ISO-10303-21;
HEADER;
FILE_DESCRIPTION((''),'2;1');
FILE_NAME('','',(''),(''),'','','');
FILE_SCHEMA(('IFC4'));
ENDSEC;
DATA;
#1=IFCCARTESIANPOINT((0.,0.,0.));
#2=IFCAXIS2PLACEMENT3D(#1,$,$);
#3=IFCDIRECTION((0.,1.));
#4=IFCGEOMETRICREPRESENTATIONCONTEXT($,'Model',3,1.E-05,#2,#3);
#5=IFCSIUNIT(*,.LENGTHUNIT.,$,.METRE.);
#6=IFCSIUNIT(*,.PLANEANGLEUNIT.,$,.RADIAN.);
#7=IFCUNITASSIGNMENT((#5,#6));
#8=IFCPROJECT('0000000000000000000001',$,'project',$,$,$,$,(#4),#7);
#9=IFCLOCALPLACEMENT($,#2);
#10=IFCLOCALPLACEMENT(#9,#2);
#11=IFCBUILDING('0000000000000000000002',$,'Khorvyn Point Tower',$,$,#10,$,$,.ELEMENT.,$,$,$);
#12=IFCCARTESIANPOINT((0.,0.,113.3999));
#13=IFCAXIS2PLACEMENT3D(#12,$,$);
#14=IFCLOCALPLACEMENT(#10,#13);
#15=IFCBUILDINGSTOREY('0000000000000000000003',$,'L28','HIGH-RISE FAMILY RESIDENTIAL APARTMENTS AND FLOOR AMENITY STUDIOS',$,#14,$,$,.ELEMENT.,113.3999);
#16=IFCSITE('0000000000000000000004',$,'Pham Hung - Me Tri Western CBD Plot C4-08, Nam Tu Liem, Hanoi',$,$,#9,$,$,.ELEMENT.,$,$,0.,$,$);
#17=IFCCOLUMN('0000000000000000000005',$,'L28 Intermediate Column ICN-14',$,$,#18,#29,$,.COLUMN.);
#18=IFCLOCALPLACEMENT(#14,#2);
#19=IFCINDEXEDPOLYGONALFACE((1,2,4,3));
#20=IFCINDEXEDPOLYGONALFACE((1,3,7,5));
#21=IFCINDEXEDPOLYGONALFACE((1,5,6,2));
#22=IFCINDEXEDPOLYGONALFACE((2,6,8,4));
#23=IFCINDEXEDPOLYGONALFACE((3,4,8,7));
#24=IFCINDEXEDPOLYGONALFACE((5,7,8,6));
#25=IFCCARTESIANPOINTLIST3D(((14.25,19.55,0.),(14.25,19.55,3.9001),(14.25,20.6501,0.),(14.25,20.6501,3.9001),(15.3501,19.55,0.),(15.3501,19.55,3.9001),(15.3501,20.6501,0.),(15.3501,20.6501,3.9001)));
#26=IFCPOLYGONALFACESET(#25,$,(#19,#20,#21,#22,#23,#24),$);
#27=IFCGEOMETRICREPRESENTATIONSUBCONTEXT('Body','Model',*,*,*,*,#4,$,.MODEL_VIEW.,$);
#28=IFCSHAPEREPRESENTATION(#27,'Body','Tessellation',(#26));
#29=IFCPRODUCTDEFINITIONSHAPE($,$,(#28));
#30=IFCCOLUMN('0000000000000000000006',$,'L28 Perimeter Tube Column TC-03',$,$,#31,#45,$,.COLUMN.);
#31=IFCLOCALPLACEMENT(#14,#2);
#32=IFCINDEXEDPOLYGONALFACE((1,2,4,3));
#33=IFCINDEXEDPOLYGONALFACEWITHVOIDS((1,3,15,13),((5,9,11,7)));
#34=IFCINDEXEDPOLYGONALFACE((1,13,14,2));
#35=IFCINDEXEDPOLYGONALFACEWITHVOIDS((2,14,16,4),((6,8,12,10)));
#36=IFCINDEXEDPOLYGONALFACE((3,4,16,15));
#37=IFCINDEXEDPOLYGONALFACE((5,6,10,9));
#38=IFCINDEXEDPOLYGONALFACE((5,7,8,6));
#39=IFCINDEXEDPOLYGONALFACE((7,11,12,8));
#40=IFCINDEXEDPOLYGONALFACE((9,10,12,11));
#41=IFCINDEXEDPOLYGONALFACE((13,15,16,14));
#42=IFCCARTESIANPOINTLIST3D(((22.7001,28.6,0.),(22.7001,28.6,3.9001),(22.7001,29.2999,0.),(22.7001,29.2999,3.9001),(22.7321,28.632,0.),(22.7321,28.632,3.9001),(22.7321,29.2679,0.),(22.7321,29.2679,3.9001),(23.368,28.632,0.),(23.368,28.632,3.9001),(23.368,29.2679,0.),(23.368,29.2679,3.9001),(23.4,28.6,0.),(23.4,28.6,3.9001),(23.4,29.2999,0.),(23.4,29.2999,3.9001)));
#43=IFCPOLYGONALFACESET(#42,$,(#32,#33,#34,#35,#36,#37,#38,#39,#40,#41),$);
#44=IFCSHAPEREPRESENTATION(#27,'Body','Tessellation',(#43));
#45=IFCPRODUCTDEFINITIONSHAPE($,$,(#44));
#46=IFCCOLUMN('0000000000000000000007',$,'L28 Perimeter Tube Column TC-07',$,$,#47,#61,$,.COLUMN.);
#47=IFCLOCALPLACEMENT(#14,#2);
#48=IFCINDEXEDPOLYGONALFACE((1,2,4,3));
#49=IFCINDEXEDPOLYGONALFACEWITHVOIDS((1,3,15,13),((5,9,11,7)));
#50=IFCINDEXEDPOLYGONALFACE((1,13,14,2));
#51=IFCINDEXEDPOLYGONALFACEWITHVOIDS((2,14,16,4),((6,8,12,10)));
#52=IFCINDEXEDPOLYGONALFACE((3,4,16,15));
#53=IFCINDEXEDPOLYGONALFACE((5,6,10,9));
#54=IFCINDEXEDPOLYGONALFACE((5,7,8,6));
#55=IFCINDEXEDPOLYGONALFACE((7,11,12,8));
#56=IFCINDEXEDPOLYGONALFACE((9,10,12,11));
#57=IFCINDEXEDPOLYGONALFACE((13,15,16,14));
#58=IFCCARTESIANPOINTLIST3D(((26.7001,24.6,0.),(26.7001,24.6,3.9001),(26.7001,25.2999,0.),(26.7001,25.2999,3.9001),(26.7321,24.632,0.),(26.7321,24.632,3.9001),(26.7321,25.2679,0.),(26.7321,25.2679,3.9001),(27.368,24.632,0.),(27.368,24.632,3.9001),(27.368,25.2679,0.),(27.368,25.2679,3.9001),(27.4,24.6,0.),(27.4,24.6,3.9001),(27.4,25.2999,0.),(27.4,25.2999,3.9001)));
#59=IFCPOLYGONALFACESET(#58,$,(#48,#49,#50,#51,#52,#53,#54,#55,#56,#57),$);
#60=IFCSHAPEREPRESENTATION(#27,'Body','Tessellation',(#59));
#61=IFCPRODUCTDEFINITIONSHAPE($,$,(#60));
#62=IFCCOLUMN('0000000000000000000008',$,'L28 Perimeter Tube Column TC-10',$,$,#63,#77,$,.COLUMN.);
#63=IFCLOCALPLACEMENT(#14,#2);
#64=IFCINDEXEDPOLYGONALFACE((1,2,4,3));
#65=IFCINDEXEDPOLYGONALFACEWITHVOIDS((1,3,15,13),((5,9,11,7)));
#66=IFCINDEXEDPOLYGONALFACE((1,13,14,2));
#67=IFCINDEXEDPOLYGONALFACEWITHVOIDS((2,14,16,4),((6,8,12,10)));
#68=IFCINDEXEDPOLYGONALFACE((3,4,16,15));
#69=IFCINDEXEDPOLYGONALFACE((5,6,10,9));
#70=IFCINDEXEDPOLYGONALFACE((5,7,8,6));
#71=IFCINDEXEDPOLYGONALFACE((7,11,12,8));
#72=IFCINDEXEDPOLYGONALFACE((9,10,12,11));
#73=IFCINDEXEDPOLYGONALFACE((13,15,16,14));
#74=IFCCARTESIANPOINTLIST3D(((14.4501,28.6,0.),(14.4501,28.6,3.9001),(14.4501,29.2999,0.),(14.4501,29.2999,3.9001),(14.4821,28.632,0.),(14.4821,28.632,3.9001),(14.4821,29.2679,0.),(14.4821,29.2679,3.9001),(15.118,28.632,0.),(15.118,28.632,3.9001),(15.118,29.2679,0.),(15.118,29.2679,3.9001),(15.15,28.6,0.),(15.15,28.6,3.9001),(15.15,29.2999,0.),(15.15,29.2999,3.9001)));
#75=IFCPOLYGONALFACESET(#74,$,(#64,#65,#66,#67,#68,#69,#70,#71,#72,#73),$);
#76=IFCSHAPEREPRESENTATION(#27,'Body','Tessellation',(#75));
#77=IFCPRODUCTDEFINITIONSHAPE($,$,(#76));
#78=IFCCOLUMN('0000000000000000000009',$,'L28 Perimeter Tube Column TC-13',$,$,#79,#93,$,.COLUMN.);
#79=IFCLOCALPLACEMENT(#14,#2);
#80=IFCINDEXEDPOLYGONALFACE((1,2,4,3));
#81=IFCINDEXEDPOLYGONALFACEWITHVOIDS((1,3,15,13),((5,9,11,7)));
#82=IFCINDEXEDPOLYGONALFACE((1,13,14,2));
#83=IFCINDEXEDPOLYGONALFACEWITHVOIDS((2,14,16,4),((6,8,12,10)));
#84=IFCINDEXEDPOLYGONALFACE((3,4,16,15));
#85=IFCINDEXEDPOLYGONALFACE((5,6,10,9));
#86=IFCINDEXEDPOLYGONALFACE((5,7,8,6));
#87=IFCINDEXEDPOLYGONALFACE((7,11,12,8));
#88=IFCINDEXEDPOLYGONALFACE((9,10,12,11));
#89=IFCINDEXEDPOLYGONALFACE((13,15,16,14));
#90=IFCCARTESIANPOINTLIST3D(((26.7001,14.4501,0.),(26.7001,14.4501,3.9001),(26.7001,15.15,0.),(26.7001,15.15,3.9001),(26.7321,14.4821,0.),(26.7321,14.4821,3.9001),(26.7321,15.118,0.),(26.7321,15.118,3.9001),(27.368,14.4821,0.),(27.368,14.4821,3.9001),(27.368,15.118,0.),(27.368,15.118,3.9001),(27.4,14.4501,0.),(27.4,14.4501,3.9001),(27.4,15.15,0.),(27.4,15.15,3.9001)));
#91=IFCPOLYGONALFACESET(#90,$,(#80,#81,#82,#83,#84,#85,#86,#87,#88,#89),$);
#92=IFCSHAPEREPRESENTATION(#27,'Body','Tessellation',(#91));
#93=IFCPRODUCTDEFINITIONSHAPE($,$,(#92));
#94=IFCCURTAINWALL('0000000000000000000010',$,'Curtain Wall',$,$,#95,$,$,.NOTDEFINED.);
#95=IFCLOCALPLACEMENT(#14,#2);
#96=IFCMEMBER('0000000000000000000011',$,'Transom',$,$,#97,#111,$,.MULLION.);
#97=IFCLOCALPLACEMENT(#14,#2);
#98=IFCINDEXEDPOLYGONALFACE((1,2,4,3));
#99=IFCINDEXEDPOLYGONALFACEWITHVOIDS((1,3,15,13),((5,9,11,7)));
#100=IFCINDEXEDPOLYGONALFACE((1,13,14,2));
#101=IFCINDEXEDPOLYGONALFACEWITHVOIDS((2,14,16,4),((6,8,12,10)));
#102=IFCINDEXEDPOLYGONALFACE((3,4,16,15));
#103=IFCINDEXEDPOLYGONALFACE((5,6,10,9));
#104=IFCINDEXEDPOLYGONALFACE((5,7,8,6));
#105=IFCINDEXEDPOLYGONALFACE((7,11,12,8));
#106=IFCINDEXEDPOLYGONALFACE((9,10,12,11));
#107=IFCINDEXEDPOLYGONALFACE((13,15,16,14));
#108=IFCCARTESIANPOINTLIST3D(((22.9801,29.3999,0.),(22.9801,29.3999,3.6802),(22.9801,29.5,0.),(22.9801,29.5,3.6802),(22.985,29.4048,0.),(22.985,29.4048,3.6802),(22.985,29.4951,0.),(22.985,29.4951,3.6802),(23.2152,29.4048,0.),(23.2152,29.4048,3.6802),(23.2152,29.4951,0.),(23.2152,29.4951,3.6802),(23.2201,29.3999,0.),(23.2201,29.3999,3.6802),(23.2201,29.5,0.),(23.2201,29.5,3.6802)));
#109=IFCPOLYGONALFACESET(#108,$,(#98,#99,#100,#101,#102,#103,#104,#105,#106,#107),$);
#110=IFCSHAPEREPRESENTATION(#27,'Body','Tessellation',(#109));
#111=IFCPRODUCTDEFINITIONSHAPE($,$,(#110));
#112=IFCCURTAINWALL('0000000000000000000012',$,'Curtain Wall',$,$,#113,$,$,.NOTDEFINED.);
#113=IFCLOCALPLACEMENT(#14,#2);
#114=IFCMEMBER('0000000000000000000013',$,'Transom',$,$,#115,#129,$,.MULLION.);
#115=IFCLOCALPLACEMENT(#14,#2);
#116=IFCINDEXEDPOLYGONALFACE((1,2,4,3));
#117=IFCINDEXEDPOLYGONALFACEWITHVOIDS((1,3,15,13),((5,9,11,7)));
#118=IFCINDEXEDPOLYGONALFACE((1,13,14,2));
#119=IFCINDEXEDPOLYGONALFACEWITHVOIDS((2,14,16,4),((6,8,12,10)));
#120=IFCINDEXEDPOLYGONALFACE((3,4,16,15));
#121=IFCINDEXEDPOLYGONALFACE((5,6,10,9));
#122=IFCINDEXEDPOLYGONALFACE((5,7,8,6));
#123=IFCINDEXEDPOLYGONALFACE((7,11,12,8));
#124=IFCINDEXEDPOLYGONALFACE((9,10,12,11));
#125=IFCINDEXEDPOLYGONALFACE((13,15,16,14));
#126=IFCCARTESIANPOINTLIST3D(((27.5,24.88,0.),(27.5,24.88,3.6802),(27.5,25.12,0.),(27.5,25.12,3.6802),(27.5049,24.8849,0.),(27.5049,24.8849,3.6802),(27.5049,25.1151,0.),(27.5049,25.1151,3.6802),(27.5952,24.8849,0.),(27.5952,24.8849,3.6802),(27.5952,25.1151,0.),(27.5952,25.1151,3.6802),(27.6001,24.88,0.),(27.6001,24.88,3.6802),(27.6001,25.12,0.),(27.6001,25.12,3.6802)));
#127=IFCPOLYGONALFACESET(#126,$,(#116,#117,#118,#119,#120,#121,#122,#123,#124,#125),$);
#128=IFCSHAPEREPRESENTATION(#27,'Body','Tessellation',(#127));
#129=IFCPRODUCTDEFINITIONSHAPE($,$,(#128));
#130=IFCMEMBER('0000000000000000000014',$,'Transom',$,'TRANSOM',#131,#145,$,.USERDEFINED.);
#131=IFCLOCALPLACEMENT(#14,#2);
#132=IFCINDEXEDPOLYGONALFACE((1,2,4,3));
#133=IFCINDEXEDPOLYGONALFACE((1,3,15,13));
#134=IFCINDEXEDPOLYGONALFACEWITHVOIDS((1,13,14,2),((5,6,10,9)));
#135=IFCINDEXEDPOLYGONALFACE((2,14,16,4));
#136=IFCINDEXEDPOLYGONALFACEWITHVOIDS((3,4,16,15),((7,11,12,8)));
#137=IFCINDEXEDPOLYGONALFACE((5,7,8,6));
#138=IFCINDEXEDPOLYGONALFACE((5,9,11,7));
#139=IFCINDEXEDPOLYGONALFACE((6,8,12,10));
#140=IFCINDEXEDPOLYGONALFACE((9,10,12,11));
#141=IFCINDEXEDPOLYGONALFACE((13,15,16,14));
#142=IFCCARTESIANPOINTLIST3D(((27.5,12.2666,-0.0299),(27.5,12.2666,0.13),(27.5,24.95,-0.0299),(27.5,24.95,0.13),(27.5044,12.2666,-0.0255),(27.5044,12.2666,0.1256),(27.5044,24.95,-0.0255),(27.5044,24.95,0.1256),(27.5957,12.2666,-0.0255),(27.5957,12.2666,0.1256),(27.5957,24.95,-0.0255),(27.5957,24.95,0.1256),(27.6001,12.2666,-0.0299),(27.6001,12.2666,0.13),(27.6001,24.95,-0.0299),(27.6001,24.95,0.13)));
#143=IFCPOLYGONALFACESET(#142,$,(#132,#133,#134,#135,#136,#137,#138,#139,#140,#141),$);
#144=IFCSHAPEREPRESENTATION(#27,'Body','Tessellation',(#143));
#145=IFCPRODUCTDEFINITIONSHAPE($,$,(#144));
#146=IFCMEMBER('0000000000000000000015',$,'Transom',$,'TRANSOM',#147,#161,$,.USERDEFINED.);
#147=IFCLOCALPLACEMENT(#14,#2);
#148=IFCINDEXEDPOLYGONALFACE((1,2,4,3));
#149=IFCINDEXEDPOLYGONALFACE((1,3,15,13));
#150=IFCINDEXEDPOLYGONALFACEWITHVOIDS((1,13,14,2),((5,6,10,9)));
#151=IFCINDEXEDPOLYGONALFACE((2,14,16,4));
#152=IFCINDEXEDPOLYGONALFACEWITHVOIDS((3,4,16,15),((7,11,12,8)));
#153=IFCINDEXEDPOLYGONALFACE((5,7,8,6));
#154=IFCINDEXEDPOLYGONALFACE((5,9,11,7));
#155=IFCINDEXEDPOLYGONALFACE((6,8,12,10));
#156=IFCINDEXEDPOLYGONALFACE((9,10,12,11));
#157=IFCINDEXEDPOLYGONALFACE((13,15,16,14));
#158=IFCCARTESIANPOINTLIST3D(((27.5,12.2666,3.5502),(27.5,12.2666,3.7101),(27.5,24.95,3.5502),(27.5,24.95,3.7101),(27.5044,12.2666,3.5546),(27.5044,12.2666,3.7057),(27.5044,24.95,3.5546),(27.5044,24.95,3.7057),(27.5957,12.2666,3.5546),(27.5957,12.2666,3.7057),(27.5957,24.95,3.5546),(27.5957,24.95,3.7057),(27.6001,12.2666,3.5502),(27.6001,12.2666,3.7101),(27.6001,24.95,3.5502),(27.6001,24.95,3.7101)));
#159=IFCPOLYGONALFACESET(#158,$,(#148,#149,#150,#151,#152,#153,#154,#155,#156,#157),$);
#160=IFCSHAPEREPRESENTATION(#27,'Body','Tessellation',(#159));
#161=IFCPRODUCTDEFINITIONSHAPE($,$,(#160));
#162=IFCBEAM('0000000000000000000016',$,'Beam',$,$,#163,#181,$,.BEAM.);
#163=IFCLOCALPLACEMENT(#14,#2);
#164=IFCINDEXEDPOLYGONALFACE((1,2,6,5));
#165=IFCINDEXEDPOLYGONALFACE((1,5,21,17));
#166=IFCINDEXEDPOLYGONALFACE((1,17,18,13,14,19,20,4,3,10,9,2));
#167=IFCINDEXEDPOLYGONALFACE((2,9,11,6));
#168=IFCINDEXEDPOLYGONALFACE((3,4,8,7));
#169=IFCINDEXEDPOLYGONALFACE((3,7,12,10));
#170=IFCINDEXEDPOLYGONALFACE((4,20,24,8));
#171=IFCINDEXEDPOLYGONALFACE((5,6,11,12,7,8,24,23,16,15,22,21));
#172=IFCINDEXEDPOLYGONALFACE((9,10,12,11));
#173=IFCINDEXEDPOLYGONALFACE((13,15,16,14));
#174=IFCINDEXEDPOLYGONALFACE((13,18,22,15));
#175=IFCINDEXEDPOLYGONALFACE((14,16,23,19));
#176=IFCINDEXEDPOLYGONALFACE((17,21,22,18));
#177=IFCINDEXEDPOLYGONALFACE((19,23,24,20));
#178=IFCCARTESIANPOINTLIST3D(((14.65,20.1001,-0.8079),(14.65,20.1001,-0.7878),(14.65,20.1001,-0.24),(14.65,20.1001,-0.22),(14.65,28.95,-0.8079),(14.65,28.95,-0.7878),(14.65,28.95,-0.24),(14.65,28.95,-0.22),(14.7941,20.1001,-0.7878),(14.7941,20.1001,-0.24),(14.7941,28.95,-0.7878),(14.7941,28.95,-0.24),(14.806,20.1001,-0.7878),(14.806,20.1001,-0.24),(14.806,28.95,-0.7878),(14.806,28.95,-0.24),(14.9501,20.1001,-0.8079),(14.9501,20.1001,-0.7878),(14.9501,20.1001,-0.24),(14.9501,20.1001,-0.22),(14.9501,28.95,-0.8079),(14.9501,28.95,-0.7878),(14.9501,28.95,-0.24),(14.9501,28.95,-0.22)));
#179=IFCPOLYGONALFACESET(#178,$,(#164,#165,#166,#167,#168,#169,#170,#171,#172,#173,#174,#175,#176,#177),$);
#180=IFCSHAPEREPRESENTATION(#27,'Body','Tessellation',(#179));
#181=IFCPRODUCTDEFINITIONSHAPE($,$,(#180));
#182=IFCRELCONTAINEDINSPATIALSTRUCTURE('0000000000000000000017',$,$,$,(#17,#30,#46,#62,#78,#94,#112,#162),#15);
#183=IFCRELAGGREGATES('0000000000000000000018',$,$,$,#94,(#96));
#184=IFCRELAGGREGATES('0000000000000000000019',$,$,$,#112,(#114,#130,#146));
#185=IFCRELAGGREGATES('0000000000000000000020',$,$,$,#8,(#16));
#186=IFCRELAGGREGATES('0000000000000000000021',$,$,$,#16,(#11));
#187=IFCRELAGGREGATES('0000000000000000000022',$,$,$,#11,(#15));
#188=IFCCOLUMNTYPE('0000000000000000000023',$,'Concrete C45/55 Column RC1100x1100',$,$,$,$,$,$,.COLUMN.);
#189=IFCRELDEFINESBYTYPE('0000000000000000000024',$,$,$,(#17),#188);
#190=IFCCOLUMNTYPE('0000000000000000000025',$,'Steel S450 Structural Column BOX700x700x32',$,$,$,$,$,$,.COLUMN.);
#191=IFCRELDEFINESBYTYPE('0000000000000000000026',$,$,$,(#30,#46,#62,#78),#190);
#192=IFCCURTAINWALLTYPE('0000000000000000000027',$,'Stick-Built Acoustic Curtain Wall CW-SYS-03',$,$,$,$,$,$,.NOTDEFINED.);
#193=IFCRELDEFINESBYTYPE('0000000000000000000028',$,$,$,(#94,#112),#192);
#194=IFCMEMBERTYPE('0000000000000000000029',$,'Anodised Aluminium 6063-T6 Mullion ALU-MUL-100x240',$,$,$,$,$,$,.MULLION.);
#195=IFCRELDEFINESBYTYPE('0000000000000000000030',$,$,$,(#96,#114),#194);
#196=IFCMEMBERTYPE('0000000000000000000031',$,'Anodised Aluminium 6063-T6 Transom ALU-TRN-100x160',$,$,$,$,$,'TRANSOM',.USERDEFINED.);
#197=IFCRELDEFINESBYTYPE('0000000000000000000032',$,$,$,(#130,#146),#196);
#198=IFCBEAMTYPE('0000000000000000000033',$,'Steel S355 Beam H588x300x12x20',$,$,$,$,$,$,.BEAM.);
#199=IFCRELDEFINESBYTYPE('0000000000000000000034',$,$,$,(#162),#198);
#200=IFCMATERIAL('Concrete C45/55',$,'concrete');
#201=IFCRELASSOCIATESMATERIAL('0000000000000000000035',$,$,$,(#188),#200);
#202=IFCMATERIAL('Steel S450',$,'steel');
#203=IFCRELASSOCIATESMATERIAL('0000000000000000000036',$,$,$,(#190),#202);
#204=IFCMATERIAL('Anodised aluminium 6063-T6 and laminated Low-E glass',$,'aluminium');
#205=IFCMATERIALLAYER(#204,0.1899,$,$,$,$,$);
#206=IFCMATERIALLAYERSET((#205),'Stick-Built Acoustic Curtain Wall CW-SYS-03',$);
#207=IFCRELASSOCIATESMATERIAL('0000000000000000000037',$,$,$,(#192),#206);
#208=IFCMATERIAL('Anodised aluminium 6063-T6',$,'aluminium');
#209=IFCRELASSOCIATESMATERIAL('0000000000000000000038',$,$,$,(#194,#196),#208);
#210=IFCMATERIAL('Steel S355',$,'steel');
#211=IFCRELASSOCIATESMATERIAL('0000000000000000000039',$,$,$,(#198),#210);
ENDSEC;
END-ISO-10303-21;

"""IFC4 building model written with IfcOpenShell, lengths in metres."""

from ifc_helpers import new_model, si_unit, direction, frame, origin, origin_2d, place, context, subcontext, project, spatial, rectangle, hollow_rectangle, i_section, extrude, material, layer, layer_set, material_profile, profile_set, type_object, element, aggregate, save


model = new_model("IFC4")

# Units and contexts
model_context = context("Model", 3, precision=1e-05, world=origin(), true_north=direction((0.0, 1.0)))
body_context = subcontext(model_context, "Body", "Model", "MODEL_VIEW")
ifc_project = project(units=[si_unit("LENGTHUNIT", "METRE"), si_unit("PLANEANGLEUNIT", "RADIAN")], contexts=[model_context])

# Site, building, storey
site_placement = place(None, origin())
site = spatial("IfcSite", under=ifc_project, at=site_placement, Name="Pham Hung - Me Tri Western CBD Plot C4-08, Nam Tu Liem, Hanoi", CompositionType="ELEMENT", RefElevation=0.0)
building_placement = place(site_placement, origin())
building = spatial("IfcBuilding", under=site, at=building_placement, Name="Khorvyn Point Tower", CompositionType="ELEMENT")
storey_placement = place(building_placement, frame((0.0, 0.0, 113.3999)))
storey = spatial("IfcBuildingStorey", under=building, at=storey_placement, Name="L28", Description="HIGH-RISE FAMILY RESIDENTIAL APARTMENTS AND FLOOR AMENITY STUDIOS", CompositionType="ELEMENT", Elevation=113.3999)

# Columns
ifc_material_1 = material(Name="Concrete C45/55", Category="concrete")
ifc_material_profile_1 = material_profile(ifc_material_1, rectangle(XDim=1.1001, YDim=1.1001, at=origin_2d()))
ifc_profile_set_1 = profile_set([ifc_material_profile_1], Name="Concrete C45/55 RC1100x1100")
column_type_1 = type_object("IfcColumnType", Name="Concrete C45/55 Column RC1100x1100", PredefinedType="COLUMN", material=ifc_profile_set_1)
column_placement = place(storey_placement, frame((14.8, 20.1001, 0.0), z_axis=(0.0, 0.0, 1.0), x_axis=(1.0, 0.0, 0.0)))
element("IfcColumn", 1, at=column_placement, inside=storey, type_object=column_type_1, Name="L28 Intermediate Column ICN-14", PredefinedType="COLUMN", context=body_context, shape_type="SweptSolid", body=[
    extrude(rectangle(XDim=1.1001, YDim=1.1001, at=origin_2d()), origin(), (0.0, 0.0, 1.0), 3.9001),
])
ifc_material_2 = material(Name="Steel S450", Category="steel")
ifc_material_profile_2 = material_profile(ifc_material_2, hollow_rectangle(XDim=0.7, YDim=0.7, WallThickness=0.032, at=origin_2d()))
ifc_profile_set_2 = profile_set([ifc_material_profile_2], Name="Steel S450 BOX700x700x32")
column_type_2 = type_object("IfcColumnType", Name="Steel S450 Structural Column BOX700x700x32", PredefinedType="COLUMN", material=ifc_profile_set_2)
for number, where, z_axis, x_axis, name in (
    (2, (23.05, 28.95, 0.0), (0.0, 0.0, 1.0), (1.0, 0.0, 0.0), "L28 Perimeter Tube Column TC-03"),
    (3, (27.05, 24.95, 0.0), (0.0, 0.0, 1.0), (1.0, 0.0, 0.0), "L28 Perimeter Tube Column TC-07"),
    (4, (14.8, 28.95, 0.0), (0.0, 0.0, 1.0), (1.0, 0.0, 0.0), "L28 Perimeter Tube Column TC-10"),
    (5, (27.05, 14.8, 0.0), (0.0, 0.0, 1.0), (1.0, 0.0, 0.0), "L28 Perimeter Tube Column TC-13"),
):
    element("IfcColumn", number, at=place(storey_placement, frame(where, z_axis=z_axis, x_axis=x_axis)), inside=storey, type_object=column_type_2, Name=name, PredefinedType="COLUMN", context=body_context, shape_type="SweptSolid", body=[
        extrude(hollow_rectangle(XDim=0.7, YDim=0.7, WallThickness=0.032, at=origin_2d()), origin(), (0.0, 0.0, 1.0), 3.9001),
    ])

# Curtain wall, member
ifc_material_3 = material(Name="Anodised aluminium 6063-T6 and laminated Low-E glass", Category="aluminium")
ifc_layer_1 = layer(ifc_material_3, 0.1899)
ifc_layer_set_1 = layer_set([ifc_layer_1], Name="Stick-Built Acoustic Curtain Wall CW-SYS-03")
curtain_wall_type = type_object("IfcCurtainWallType", Name="Stick-Built Acoustic Curtain Wall CW-SYS-03", PredefinedType="NOTDEFINED", material=ifc_layer_set_1)
curtain_wall_1_placement = place(storey_placement, origin())
curtain_wall_1 = element("IfcCurtainWall", 6, at=curtain_wall_1_placement, inside=storey, type_object=curtain_wall_type, Name="Curtain Wall", PredefinedType="NOTDEFINED")
ifc_material_4 = material(Name="Anodised aluminium 6063-T6", Category="aluminium")
ifc_material_profile_3 = material_profile(ifc_material_4, hollow_rectangle(XDim=0.1001, YDim=0.24, WallThickness=0.0049, at=origin_2d()))
ifc_profile_set_3 = profile_set([ifc_material_profile_3], Name="Anodised aluminium 6063-T6 ALU-MUL-100x240")
member_type_1 = type_object("IfcMemberType", Name="Anodised Aluminium 6063-T6 Mullion ALU-MUL-100x240", PredefinedType="MULLION", material=ifc_profile_set_3)
member_1_placement = place(storey_placement, frame((23.1001, 29.45, 0.0), z_axis=(0.0, 0.0, 1.0), x_axis=(0.0, 1.0, 0.0)))
member_1 = element("IfcMember", 7, at=member_1_placement, type_object=member_type_1, Name="Transom", PredefinedType="MULLION", context=body_context, shape_type="SweptSolid", body=[
    extrude(hollow_rectangle(XDim=0.1001, YDim=0.24, WallThickness=0.0049, at=origin_2d()), origin(), (0.0, 0.0, 1.0), 3.6802),
])

# Curtain wall, members
curtain_wall_2_placement = place(storey_placement, origin())
curtain_wall_2 = element("IfcCurtainWall", 8, at=curtain_wall_2_placement, inside=storey, type_object=curtain_wall_type, Name="Curtain Wall", PredefinedType="NOTDEFINED")
member_2_placement = place(storey_placement, frame((27.55, 25.0, 0.0), z_axis=(0.0, 0.0, 1.0), x_axis=(1.0, 0.0, 0.0)))
member_2 = element("IfcMember", 9, at=member_2_placement, type_object=member_type_1, Name="Transom", PredefinedType="MULLION", context=body_context, shape_type="SweptSolid", body=[
    extrude(hollow_rectangle(XDim=0.1001, YDim=0.24, WallThickness=0.0049, at=origin_2d()), origin(), (0.0, 0.0, 1.0), 3.6802),
])
ifc_material_profile_4 = material_profile(ifc_material_4, hollow_rectangle(XDim=0.1001, YDim=0.1599, WallThickness=0.0044, at=origin_2d()))
ifc_profile_set_4 = profile_set([ifc_material_profile_4], Name="Anodised aluminium 6063-T6 ALU-TRN-100x160")
member_type_2 = type_object("IfcMemberType", Name="Anodised Aluminium 6063-T6 Transom ALU-TRN-100x160", ElementType="TRANSOM", PredefinedType="USERDEFINED", material=ifc_profile_set_4)
member_3_placement = place(storey_placement, frame((27.55, 24.95, 0.05), z_axis=(0.0, -1.0, 0.0), x_axis=(1.0, 0.0, 0.0)))
member_3 = element("IfcMember", 10, at=member_3_placement, type_object=member_type_2, Name="Transom", ObjectType="TRANSOM", PredefinedType="USERDEFINED", context=body_context, shape_type="SweptSolid", body=[
    extrude(hollow_rectangle(XDim=0.1001, YDim=0.1599, WallThickness=0.0044, at=origin_2d()), origin(), (0.0, 0.0, 1.0), 12.6833),
])
member_4_placement = place(storey_placement, frame((27.55, 24.95, 3.6301), z_axis=(0.0, -1.0, 0.0), x_axis=(1.0, 0.0, 0.0)))
member_4 = element("IfcMember", 11, at=member_4_placement, type_object=member_type_2, Name="Transom", ObjectType="TRANSOM", PredefinedType="USERDEFINED", context=body_context, shape_type="SweptSolid", body=[
    extrude(hollow_rectangle(XDim=0.1001, YDim=0.1599, WallThickness=0.0044, at=origin_2d()), origin(), (0.0, 0.0, 1.0), 12.6833),
])

# Beam
ifc_material_5 = material(Name="Steel S355", Category="steel")
ifc_material_profile_5 = material_profile(ifc_material_5, i_section(OverallWidth=0.3, OverallDepth=0.5879, WebThickness=0.012, FlangeThickness=0.02, at=origin_2d()))
ifc_profile_set_5 = profile_set([ifc_material_profile_5], Name="Steel S355 H588x300x12x20")
beam_type_1 = type_object("IfcBeamType", Name="Steel S355 Beam H588x300x12x20", PredefinedType="BEAM", material=ifc_profile_set_5)
beam_1_placement = place(storey_placement, frame((14.8, 20.1001, -0.5139), z_axis=(0.0, 1.0, 0.0), x_axis=(-1.0, 0.0, 0.0)))
element("IfcBeam", 12, at=beam_1_placement, inside=storey, type_object=beam_type_1, Name="Beam", PredefinedType="BEAM", context=body_context, shape_type="SweptSolid", body=[
    extrude(i_section(OverallWidth=0.3, OverallDepth=0.5879, WebThickness=0.012, FlangeThickness=0.02, at=origin_2d()), origin(), (0.0, 0.0, 1.0), 8.8499),
])

aggregate(curtain_wall_1, [member_1])
aggregate(curtain_wall_2, [member_2, member_3, member_4])

save(model, "model.ifc")
